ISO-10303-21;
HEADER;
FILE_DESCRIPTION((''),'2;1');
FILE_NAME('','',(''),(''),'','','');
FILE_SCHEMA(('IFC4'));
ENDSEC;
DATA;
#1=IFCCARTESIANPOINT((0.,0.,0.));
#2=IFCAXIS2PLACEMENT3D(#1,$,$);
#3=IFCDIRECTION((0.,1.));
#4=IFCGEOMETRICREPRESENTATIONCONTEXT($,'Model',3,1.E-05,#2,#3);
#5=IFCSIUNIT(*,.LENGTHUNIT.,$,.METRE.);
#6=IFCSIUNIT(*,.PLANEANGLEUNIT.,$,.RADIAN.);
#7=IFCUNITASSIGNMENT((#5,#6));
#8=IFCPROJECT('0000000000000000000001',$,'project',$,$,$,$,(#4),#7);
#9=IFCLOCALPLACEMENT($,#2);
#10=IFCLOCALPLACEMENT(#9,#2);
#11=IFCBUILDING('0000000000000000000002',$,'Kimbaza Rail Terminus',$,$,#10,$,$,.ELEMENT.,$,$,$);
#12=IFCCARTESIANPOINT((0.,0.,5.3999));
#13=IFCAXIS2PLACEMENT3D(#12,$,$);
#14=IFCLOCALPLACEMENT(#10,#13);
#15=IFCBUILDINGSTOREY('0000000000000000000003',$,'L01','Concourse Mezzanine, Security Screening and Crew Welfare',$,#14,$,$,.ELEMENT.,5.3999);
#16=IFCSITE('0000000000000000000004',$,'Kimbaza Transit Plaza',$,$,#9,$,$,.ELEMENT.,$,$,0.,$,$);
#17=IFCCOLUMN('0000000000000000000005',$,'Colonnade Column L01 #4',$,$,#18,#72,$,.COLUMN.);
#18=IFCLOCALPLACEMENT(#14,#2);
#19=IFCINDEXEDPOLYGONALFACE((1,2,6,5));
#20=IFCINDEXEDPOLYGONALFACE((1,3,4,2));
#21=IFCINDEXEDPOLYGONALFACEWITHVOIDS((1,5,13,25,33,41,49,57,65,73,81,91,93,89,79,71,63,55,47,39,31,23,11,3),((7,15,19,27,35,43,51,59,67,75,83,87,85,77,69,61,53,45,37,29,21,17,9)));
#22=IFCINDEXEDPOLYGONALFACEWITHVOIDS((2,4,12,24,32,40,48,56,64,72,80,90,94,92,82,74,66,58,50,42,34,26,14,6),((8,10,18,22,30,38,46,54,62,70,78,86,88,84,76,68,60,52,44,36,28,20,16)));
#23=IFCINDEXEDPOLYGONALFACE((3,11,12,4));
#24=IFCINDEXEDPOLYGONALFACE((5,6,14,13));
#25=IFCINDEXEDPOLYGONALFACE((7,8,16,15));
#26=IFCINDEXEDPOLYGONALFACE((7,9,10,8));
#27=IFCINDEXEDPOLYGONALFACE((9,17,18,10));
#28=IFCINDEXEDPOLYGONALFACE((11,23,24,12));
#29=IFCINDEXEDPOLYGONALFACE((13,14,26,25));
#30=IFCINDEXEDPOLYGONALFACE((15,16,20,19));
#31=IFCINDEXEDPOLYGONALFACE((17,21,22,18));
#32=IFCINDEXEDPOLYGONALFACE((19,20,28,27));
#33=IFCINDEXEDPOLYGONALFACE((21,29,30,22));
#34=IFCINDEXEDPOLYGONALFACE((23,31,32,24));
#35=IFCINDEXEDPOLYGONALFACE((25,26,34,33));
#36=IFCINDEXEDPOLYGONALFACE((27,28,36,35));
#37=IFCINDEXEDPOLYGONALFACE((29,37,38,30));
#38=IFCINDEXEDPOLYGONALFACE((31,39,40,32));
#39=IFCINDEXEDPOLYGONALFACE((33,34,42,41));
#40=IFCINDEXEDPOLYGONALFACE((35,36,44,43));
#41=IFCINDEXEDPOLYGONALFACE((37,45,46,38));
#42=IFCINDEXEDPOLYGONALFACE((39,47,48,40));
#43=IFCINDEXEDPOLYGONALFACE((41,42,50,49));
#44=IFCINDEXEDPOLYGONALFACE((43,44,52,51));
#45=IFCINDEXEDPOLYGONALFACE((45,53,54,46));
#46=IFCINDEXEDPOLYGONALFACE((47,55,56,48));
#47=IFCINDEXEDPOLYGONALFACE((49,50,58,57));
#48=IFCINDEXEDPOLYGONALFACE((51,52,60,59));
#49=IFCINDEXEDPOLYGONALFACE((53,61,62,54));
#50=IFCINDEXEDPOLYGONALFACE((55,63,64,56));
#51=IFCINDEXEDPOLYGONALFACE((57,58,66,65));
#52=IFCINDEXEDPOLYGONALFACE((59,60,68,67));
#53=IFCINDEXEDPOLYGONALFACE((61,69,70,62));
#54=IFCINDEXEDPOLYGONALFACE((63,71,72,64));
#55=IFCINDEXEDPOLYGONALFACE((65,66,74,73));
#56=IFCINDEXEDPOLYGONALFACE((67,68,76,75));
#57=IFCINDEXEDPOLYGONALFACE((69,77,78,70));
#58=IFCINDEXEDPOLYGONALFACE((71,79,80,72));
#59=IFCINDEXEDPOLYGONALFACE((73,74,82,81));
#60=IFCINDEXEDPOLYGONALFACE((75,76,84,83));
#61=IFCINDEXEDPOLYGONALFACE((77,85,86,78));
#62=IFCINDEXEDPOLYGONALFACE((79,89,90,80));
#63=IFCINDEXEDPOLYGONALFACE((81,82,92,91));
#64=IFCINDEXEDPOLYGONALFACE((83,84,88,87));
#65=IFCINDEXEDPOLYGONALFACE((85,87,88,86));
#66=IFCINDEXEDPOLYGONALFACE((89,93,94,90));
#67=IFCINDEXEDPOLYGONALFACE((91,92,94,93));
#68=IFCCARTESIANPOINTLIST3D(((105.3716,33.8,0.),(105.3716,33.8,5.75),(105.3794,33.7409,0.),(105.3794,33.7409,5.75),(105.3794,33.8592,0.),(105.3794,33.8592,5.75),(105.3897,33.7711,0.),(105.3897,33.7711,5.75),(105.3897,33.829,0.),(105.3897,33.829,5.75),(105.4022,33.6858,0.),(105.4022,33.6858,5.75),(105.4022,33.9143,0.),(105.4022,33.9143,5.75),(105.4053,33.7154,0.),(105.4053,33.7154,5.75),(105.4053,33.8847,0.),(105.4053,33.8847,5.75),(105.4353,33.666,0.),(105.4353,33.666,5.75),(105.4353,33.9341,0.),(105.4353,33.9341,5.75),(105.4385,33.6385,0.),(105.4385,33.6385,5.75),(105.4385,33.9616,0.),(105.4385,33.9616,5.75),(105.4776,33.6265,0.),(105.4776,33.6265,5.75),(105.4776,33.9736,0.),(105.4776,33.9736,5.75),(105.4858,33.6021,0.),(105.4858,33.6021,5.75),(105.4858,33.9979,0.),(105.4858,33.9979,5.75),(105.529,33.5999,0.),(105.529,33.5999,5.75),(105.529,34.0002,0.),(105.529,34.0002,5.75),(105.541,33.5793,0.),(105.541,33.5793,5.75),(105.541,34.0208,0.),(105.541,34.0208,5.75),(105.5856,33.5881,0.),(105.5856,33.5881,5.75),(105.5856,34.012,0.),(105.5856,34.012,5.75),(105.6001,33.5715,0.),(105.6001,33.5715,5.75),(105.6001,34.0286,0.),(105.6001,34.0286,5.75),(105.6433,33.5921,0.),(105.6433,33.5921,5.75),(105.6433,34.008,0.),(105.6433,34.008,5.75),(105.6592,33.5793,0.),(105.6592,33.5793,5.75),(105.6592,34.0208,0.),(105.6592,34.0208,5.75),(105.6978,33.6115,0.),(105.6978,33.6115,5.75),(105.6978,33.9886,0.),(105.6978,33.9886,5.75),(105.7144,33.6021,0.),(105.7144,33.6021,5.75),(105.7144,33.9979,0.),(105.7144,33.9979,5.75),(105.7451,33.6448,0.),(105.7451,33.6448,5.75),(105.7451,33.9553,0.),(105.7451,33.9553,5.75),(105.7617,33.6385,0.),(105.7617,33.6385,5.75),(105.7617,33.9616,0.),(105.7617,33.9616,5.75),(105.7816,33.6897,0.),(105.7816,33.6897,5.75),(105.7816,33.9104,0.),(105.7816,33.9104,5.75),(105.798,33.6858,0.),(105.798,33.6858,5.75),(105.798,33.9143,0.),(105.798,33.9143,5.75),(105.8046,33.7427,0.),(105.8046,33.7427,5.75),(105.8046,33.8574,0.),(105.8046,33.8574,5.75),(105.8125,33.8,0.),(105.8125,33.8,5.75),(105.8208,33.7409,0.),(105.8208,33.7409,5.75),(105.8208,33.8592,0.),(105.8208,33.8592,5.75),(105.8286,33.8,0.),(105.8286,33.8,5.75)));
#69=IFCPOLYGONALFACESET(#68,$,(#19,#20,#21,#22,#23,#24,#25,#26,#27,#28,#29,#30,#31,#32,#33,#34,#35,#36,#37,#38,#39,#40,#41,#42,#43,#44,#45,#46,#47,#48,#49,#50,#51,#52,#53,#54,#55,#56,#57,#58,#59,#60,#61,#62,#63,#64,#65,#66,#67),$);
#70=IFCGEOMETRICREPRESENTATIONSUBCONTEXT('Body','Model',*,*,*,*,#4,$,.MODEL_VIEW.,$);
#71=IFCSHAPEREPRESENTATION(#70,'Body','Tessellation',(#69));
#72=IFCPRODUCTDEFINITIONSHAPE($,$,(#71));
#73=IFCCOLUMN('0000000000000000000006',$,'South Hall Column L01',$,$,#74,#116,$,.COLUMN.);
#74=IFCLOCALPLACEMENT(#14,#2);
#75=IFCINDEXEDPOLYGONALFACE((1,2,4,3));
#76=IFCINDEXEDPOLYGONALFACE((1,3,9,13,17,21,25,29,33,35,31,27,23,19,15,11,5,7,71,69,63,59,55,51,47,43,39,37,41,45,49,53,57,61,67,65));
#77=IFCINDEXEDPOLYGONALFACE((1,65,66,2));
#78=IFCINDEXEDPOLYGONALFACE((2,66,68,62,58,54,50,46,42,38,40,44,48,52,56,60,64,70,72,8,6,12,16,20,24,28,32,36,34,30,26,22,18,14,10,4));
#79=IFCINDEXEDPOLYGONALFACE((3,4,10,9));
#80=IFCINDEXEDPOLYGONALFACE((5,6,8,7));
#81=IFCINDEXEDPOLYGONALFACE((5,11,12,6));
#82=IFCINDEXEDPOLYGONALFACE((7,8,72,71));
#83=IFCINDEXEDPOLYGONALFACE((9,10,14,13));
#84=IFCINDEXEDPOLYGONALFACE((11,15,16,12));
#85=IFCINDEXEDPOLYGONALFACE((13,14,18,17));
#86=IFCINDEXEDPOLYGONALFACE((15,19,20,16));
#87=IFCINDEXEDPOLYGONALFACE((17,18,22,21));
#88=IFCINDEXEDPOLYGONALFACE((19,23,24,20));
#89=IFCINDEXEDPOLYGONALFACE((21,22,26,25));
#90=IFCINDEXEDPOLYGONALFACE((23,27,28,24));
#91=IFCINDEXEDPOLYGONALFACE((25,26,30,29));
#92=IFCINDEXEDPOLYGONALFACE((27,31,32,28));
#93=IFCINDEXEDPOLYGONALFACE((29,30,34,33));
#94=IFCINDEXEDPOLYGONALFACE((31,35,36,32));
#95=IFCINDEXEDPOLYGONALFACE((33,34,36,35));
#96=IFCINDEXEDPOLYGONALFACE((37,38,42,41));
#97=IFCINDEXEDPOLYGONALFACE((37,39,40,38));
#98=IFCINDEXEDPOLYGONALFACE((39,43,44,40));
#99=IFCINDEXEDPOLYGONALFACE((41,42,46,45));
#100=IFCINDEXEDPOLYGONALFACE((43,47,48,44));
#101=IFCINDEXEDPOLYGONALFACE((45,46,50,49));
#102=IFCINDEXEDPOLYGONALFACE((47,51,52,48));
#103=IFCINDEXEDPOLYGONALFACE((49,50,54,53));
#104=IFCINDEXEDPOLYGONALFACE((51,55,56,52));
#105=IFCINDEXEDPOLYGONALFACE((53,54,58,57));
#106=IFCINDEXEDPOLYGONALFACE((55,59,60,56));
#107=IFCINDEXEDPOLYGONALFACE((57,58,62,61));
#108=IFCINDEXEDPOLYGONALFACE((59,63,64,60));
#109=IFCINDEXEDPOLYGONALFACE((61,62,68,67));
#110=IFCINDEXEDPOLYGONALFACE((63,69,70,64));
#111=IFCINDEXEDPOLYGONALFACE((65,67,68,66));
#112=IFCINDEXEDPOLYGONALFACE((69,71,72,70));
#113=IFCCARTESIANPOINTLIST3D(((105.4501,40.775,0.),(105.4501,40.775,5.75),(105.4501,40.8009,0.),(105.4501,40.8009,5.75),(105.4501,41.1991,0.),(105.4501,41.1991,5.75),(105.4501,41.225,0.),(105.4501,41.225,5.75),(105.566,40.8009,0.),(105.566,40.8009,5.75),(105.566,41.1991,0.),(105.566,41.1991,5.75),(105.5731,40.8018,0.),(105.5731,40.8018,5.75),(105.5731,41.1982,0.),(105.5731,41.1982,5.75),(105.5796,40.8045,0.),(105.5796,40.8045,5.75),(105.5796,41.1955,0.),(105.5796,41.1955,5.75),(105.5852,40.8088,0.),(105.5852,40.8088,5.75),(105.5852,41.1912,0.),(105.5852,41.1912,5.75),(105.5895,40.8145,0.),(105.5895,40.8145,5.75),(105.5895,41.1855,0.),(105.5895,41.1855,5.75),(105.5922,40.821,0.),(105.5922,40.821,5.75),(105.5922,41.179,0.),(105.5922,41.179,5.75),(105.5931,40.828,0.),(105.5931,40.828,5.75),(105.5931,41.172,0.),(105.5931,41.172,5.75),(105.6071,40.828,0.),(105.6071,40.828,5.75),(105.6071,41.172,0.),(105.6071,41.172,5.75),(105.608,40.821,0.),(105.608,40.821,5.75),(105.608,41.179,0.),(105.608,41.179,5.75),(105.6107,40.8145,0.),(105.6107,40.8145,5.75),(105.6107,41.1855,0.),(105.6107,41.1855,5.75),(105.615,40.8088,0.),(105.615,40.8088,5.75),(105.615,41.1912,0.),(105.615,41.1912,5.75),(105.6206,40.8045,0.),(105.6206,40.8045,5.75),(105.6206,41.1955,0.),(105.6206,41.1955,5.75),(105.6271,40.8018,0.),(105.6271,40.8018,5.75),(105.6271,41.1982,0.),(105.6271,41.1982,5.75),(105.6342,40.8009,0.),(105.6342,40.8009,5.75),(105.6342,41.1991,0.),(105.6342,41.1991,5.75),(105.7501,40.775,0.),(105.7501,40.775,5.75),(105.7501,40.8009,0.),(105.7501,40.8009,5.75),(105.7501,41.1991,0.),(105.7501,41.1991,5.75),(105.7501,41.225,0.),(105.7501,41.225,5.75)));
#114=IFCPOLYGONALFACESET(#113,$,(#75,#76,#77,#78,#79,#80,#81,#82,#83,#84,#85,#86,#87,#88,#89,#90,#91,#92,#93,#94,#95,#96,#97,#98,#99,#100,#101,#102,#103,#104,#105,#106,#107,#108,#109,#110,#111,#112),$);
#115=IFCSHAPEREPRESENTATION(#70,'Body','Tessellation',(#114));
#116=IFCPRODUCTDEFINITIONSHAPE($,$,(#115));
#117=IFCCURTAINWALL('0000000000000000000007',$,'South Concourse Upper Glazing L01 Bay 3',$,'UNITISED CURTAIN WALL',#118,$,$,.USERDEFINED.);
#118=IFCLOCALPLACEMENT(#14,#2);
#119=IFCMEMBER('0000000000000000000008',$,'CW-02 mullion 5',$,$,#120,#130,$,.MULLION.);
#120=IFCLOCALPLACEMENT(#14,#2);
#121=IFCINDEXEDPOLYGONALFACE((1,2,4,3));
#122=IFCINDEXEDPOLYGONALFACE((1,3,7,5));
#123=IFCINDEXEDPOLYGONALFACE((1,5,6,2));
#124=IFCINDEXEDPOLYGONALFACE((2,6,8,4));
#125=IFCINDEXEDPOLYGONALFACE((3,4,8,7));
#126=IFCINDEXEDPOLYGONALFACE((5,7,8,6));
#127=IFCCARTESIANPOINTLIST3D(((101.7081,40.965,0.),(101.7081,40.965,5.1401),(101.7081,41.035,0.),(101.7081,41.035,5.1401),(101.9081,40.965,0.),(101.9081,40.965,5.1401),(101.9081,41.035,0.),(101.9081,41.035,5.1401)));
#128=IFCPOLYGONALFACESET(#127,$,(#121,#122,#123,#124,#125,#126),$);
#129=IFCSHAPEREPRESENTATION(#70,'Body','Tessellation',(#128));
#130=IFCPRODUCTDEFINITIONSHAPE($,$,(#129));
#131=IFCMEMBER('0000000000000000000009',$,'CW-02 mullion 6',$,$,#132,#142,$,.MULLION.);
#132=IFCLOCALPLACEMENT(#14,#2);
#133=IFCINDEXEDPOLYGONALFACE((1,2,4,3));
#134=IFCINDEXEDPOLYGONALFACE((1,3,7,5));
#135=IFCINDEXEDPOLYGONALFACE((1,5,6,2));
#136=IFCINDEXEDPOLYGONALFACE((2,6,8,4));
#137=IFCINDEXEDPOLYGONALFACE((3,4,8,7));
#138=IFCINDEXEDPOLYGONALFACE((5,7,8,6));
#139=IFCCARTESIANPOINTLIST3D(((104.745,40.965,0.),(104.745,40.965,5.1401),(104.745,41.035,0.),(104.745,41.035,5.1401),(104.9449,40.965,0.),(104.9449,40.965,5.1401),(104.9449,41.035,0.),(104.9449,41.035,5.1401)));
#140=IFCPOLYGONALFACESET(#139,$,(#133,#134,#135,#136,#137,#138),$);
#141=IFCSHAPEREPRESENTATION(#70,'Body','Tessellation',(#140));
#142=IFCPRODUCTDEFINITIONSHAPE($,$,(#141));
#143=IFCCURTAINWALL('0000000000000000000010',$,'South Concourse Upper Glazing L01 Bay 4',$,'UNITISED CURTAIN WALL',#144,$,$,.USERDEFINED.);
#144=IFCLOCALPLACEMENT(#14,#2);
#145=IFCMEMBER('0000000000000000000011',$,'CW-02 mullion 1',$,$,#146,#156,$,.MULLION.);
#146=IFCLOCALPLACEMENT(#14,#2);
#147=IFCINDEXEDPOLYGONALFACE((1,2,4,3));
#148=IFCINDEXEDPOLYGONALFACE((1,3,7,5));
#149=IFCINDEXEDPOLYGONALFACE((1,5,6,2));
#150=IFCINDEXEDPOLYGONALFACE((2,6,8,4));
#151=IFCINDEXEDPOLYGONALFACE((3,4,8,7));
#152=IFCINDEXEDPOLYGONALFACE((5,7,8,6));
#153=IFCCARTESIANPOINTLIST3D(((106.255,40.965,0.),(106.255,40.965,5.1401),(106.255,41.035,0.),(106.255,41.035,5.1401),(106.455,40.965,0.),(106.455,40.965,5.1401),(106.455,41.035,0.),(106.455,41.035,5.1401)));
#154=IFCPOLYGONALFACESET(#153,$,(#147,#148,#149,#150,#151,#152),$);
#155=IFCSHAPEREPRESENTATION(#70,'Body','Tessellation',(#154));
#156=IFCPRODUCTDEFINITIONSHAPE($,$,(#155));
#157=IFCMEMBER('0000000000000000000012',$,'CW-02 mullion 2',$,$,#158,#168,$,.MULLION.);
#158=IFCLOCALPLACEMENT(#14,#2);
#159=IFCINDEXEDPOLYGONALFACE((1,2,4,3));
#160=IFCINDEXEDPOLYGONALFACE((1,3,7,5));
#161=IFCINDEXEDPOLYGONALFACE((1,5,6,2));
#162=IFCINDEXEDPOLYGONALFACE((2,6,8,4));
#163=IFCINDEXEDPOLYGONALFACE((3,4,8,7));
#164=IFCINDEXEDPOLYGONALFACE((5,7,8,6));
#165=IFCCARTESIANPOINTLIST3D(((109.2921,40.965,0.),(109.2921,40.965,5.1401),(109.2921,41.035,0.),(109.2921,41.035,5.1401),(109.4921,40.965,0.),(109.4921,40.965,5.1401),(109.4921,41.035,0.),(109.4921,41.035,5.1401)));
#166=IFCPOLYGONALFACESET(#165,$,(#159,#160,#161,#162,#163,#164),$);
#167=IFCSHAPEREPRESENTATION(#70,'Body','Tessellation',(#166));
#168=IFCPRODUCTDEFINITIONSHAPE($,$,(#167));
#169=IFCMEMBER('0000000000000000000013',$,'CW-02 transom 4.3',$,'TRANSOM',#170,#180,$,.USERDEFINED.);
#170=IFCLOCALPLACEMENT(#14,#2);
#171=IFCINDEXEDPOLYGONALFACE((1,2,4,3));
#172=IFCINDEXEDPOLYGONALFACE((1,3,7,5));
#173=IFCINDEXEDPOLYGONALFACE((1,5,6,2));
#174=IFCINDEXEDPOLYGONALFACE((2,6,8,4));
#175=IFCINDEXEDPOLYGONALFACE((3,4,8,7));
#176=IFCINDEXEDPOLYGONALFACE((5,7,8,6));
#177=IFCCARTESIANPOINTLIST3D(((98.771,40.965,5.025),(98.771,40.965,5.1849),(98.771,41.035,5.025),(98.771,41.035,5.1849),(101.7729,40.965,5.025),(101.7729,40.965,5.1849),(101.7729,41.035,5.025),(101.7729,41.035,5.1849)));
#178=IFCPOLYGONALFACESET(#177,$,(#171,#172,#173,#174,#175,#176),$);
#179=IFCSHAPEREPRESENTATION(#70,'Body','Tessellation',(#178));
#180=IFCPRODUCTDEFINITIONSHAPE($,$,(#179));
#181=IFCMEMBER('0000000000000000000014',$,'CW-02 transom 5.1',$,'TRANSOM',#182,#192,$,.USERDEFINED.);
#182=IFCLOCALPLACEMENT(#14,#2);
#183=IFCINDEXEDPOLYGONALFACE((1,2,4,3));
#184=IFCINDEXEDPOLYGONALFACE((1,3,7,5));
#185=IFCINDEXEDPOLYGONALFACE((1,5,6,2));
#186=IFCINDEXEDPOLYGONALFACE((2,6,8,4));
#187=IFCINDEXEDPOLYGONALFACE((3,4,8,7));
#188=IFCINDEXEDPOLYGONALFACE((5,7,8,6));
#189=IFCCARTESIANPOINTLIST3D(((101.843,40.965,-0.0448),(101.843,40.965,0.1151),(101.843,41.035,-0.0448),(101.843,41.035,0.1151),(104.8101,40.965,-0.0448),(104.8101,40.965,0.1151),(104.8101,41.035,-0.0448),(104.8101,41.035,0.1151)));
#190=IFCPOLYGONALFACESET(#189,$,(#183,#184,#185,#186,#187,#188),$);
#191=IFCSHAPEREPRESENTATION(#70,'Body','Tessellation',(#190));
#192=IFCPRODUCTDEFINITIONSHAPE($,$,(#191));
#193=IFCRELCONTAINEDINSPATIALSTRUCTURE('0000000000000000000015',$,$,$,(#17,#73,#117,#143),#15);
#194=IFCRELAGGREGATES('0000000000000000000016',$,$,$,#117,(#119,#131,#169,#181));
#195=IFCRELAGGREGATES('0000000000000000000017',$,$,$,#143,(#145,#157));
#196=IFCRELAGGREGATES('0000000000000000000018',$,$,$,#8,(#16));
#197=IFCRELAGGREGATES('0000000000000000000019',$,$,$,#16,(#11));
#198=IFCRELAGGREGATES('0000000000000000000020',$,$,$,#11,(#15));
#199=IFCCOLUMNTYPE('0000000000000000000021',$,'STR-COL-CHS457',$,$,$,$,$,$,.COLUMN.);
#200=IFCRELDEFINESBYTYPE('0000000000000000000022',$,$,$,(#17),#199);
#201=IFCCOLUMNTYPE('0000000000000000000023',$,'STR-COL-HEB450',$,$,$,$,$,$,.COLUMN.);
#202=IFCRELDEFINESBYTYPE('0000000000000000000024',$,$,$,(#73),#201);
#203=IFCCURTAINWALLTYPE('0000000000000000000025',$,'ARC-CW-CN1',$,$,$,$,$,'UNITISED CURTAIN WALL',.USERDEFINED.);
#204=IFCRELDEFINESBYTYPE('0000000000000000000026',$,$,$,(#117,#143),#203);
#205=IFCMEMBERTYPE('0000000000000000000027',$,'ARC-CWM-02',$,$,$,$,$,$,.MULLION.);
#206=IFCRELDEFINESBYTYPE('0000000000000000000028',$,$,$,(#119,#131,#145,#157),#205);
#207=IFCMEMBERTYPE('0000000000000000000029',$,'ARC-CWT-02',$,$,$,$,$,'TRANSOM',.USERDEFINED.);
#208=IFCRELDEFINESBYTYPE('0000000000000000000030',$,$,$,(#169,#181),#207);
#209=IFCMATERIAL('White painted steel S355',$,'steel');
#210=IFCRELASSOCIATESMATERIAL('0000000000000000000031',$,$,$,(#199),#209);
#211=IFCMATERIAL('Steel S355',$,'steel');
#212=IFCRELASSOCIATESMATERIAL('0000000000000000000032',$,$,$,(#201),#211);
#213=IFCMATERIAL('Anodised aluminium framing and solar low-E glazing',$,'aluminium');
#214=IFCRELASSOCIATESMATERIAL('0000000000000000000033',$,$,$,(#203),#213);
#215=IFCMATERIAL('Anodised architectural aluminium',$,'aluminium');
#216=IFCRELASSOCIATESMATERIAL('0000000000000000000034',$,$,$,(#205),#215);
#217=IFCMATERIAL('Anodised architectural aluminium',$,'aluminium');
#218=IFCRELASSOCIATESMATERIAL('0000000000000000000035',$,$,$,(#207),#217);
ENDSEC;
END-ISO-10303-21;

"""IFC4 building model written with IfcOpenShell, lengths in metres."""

from ifc_helpers import new_model, si_unit, direction, frame, origin, origin_2d, place, context, subcontext, project, spatial, rectangle, hollow_circle, i_section, extrude, material, material_profile, profile_set, type_object, element, aggregate, save


model = new_model("IFC4")

# Units and contexts
model_context = context("Model", 3, precision=1e-05, world=origin(), true_north=direction((0.0, 1.0)))
body_context = subcontext(model_context, "Body", "Model", "MODEL_VIEW")
ifc_project = project(units=[si_unit("LENGTHUNIT", "METRE"), si_unit("PLANEANGLEUNIT", "RADIAN")], contexts=[model_context])

# Site, building, storey
site_placement = place(None, origin())
site = spatial("IfcSite", under=ifc_project, at=site_placement, Name="Kimbaza Transit Plaza", CompositionType="ELEMENT", RefElevation=0.0)
building_placement = place(site_placement, origin())
building = spatial("IfcBuilding", under=site, at=building_placement, Name="Kimbaza Rail Terminus", CompositionType="ELEMENT")
storey_placement = place(building_placement, frame((0.0, 0.0, 5.3999)))
storey = spatial("IfcBuildingStorey", under=building, at=storey_placement, Name="L01", Description="Concourse Mezzanine, Security Screening and Crew Welfare", CompositionType="ELEMENT", Elevation=5.3999)

# Columns
ifc_material_1 = material(Name="White painted steel S355", Category="steel")
ifc_material_profile_1 = material_profile(ifc_material_1, hollow_circle(Radius=0.2285, WallThickness=0.0161, at=origin_2d()), Name="CHS 457x16")
ifc_profile_set_1 = profile_set([ifc_material_profile_1], Name="White painted steel S355")
column_type_1 = type_object("IfcColumnType", Name="STR-COL-CHS457", PredefinedType="COLUMN", material=ifc_profile_set_1)
column_1_placement = place(storey_placement, frame((105.6001, 33.8, 0.0), z_axis=(0.0, 0.0, 1.0), x_axis=(1.0, 0.0, 0.0)))
element("IfcColumn", 1, at=column_1_placement, inside=storey, type_object=column_type_1, Name="Colonnade Column L01 #4", PredefinedType="COLUMN", context=body_context, shape_type="SweptSolid", body=[
    extrude(hollow_circle(Radius=0.2285, WallThickness=0.0161, at=origin_2d()), origin(), (0.0, 0.0, 1.0), 5.75),
])
ifc_material_2 = material(Name="Steel S355", Category="steel")
ifc_material_profile_2 = material_profile(ifc_material_2, i_section(OverallWidth=0.3, OverallDepth=0.45, WebThickness=0.0139, FlangeThickness=0.0259, FilletRadius=0.0271, at=origin_2d()), Name="HEB 450")
ifc_profile_set_2 = profile_set([ifc_material_profile_2], Name="Steel S355")
column_type_2 = type_object("IfcColumnType", Name="STR-COL-HEB450", PredefinedType="COLUMN", material=ifc_profile_set_2)
column_2_placement = place(storey_placement, frame((105.6001, 41.0, 0.0), z_axis=(0.0, 0.0, 1.0), x_axis=(1.0, 0.0, 0.0)))
element("IfcColumn", 2, at=column_2_placement, inside=storey, type_object=column_type_2, Name="South Hall Column L01", PredefinedType="COLUMN", context=body_context, shape_type="SweptSolid", body=[
    extrude(i_section(OverallWidth=0.3, OverallDepth=0.45, WebThickness=0.0139, FlangeThickness=0.0259, FilletRadius=0.0271, at=origin_2d()), origin(), (0.0, 0.0, 1.0), 5.75),
])

# Curtain walls, members
ifc_material_3 = material(Name="Anodised aluminium framing and solar low-E glazing", Category="aluminium")
curtain_wall_type = type_object("IfcCurtainWallType", Name="ARC-CW-CN1", ElementType="UNITISED CURTAIN WALL", PredefinedType="USERDEFINED", material=ifc_material_3)
curtain_wall_1_placement = place(storey_placement, origin())
curtain_wall_1 = element("IfcCurtainWall", 3, at=curtain_wall_1_placement, inside=storey, type_object=curtain_wall_type, Name="South Concourse Upper Glazing L01 Bay 3", ObjectType="UNITISED CURTAIN WALL", PredefinedType="USERDEFINED")
ifc_material_4 = material(Name="Anodised architectural aluminium", Category="aluminium")
ifc_material_profile_3 = material_profile(ifc_material_4, rectangle(XDim=0.0701, YDim=0.2, at=origin_2d()), Name="MULLION 70x200")
ifc_profile_set_3 = profile_set([ifc_material_profile_3], Name="Anodised architectural aluminium")
member_type_1 = type_object("IfcMemberType", Name="ARC-CWM-02", PredefinedType="MULLION", material=ifc_profile_set_3)
member_1_placement = place(storey_placement, frame((101.8081, 41.0, 0.0), z_axis=(0.0, 0.0, 1.0), x_axis=(0.0, 1.0, 0.0)))
member_1 = element("IfcMember", 4, at=member_1_placement, type_object=member_type_1, Name="CW-02 mullion 5", PredefinedType="MULLION", context=body_context, shape_type="SweptSolid", body=[
    extrude(rectangle(XDim=0.0701, YDim=0.2, at=origin_2d()), origin(), (0.0, 0.0, 1.0), 5.1401),
])
member_2_placement = place(storey_placement, frame((104.845, 41.0, 0.0), z_axis=(0.0, 0.0, 1.0), x_axis=(0.0, 1.0, 0.0)))
member_2 = element("IfcMember", 5, at=member_2_placement, type_object=member_type_1, Name="CW-02 mullion 6", PredefinedType="MULLION", context=body_context, shape_type="SweptSolid", body=[
    extrude(rectangle(XDim=0.0701, YDim=0.2, at=origin_2d()), origin(), (0.0, 0.0, 1.0), 5.1401),
])
curtain_wall_2_placement = place(storey_placement, origin())
curtain_wall_2 = element("IfcCurtainWall", 6, at=curtain_wall_2_placement, inside=storey, type_object=curtain_wall_type, Name="South Concourse Upper Glazing L01 Bay 4", ObjectType="UNITISED CURTAIN WALL", PredefinedType="USERDEFINED")
member_3_placement = place(storey_placement, frame((106.355, 41.0, 0.0), z_axis=(0.0, 0.0, 1.0), x_axis=(0.0, 1.0, 0.0)))
member_3 = element("IfcMember", 7, at=member_3_placement, type_object=member_type_1, Name="CW-02 mullion 1", PredefinedType="MULLION", context=body_context, shape_type="SweptSolid", body=[
    extrude(rectangle(XDim=0.0701, YDim=0.2, at=origin_2d()), origin(), (0.0, 0.0, 1.0), 5.1401),
])
member_4_placement = place(storey_placement, frame((109.3921, 41.0, 0.0), z_axis=(0.0, 0.0, 1.0), x_axis=(0.0, 1.0, 0.0)))
member_4 = element("IfcMember", 8, at=member_4_placement, type_object=member_type_1, Name="CW-02 mullion 2", PredefinedType="MULLION", context=body_context, shape_type="SweptSolid", body=[
    extrude(rectangle(XDim=0.0701, YDim=0.2, at=origin_2d()), origin(), (0.0, 0.0, 1.0), 5.1401),
])

# Members
ifc_material_5 = material(Name="Anodised architectural aluminium", Category="aluminium")
ifc_material_profile_4 = material_profile(ifc_material_5, rectangle(XDim=0.0701, YDim=0.1599, at=origin_2d()), Name="TRANSOM 70x160")
ifc_profile_set_4 = profile_set([ifc_material_profile_4], Name="Anodised architectural aluminium")
member_type_2 = type_object("IfcMemberType", Name="ARC-CWT-02", ElementType="TRANSOM", PredefinedType="USERDEFINED", material=ifc_profile_set_4)
member_5_placement = place(storey_placement, frame((98.771, 41.0, 5.105), z_axis=(1.0, 0.0, 0.0), x_axis=(0.0, 1.0, 0.0)))
member_5 = element("IfcMember", 9, at=member_5_placement, type_object=member_type_2, Name="CW-02 transom 4.3", ObjectType="TRANSOM", PredefinedType="USERDEFINED", context=body_context, shape_type="SweptSolid", body=[
    extrude(rectangle(XDim=0.0701, YDim=0.1599, at=origin_2d()), origin(), (0.0, 0.0, 1.0), 3.002),
])
member_6_placement = place(storey_placement, frame((101.843, 41.0, 0.0352), z_axis=(1.0, 0.0, 0.0), x_axis=(0.0, 1.0, 0.0)))
member_6 = element("IfcMember", 10, at=member_6_placement, type_object=member_type_2, Name="CW-02 transom 5.1", ObjectType="TRANSOM", PredefinedType="USERDEFINED", context=body_context, shape_type="SweptSolid", body=[
    extrude(rectangle(XDim=0.0701, YDim=0.1599, at=origin_2d()), origin(), (0.0, 0.0, 1.0), 2.967),
])

aggregate(curtain_wall_1, [member_1, member_2, member_5, member_6])
aggregate(curtain_wall_2, [member_3, member_4])

save(model, "model.ifc")
